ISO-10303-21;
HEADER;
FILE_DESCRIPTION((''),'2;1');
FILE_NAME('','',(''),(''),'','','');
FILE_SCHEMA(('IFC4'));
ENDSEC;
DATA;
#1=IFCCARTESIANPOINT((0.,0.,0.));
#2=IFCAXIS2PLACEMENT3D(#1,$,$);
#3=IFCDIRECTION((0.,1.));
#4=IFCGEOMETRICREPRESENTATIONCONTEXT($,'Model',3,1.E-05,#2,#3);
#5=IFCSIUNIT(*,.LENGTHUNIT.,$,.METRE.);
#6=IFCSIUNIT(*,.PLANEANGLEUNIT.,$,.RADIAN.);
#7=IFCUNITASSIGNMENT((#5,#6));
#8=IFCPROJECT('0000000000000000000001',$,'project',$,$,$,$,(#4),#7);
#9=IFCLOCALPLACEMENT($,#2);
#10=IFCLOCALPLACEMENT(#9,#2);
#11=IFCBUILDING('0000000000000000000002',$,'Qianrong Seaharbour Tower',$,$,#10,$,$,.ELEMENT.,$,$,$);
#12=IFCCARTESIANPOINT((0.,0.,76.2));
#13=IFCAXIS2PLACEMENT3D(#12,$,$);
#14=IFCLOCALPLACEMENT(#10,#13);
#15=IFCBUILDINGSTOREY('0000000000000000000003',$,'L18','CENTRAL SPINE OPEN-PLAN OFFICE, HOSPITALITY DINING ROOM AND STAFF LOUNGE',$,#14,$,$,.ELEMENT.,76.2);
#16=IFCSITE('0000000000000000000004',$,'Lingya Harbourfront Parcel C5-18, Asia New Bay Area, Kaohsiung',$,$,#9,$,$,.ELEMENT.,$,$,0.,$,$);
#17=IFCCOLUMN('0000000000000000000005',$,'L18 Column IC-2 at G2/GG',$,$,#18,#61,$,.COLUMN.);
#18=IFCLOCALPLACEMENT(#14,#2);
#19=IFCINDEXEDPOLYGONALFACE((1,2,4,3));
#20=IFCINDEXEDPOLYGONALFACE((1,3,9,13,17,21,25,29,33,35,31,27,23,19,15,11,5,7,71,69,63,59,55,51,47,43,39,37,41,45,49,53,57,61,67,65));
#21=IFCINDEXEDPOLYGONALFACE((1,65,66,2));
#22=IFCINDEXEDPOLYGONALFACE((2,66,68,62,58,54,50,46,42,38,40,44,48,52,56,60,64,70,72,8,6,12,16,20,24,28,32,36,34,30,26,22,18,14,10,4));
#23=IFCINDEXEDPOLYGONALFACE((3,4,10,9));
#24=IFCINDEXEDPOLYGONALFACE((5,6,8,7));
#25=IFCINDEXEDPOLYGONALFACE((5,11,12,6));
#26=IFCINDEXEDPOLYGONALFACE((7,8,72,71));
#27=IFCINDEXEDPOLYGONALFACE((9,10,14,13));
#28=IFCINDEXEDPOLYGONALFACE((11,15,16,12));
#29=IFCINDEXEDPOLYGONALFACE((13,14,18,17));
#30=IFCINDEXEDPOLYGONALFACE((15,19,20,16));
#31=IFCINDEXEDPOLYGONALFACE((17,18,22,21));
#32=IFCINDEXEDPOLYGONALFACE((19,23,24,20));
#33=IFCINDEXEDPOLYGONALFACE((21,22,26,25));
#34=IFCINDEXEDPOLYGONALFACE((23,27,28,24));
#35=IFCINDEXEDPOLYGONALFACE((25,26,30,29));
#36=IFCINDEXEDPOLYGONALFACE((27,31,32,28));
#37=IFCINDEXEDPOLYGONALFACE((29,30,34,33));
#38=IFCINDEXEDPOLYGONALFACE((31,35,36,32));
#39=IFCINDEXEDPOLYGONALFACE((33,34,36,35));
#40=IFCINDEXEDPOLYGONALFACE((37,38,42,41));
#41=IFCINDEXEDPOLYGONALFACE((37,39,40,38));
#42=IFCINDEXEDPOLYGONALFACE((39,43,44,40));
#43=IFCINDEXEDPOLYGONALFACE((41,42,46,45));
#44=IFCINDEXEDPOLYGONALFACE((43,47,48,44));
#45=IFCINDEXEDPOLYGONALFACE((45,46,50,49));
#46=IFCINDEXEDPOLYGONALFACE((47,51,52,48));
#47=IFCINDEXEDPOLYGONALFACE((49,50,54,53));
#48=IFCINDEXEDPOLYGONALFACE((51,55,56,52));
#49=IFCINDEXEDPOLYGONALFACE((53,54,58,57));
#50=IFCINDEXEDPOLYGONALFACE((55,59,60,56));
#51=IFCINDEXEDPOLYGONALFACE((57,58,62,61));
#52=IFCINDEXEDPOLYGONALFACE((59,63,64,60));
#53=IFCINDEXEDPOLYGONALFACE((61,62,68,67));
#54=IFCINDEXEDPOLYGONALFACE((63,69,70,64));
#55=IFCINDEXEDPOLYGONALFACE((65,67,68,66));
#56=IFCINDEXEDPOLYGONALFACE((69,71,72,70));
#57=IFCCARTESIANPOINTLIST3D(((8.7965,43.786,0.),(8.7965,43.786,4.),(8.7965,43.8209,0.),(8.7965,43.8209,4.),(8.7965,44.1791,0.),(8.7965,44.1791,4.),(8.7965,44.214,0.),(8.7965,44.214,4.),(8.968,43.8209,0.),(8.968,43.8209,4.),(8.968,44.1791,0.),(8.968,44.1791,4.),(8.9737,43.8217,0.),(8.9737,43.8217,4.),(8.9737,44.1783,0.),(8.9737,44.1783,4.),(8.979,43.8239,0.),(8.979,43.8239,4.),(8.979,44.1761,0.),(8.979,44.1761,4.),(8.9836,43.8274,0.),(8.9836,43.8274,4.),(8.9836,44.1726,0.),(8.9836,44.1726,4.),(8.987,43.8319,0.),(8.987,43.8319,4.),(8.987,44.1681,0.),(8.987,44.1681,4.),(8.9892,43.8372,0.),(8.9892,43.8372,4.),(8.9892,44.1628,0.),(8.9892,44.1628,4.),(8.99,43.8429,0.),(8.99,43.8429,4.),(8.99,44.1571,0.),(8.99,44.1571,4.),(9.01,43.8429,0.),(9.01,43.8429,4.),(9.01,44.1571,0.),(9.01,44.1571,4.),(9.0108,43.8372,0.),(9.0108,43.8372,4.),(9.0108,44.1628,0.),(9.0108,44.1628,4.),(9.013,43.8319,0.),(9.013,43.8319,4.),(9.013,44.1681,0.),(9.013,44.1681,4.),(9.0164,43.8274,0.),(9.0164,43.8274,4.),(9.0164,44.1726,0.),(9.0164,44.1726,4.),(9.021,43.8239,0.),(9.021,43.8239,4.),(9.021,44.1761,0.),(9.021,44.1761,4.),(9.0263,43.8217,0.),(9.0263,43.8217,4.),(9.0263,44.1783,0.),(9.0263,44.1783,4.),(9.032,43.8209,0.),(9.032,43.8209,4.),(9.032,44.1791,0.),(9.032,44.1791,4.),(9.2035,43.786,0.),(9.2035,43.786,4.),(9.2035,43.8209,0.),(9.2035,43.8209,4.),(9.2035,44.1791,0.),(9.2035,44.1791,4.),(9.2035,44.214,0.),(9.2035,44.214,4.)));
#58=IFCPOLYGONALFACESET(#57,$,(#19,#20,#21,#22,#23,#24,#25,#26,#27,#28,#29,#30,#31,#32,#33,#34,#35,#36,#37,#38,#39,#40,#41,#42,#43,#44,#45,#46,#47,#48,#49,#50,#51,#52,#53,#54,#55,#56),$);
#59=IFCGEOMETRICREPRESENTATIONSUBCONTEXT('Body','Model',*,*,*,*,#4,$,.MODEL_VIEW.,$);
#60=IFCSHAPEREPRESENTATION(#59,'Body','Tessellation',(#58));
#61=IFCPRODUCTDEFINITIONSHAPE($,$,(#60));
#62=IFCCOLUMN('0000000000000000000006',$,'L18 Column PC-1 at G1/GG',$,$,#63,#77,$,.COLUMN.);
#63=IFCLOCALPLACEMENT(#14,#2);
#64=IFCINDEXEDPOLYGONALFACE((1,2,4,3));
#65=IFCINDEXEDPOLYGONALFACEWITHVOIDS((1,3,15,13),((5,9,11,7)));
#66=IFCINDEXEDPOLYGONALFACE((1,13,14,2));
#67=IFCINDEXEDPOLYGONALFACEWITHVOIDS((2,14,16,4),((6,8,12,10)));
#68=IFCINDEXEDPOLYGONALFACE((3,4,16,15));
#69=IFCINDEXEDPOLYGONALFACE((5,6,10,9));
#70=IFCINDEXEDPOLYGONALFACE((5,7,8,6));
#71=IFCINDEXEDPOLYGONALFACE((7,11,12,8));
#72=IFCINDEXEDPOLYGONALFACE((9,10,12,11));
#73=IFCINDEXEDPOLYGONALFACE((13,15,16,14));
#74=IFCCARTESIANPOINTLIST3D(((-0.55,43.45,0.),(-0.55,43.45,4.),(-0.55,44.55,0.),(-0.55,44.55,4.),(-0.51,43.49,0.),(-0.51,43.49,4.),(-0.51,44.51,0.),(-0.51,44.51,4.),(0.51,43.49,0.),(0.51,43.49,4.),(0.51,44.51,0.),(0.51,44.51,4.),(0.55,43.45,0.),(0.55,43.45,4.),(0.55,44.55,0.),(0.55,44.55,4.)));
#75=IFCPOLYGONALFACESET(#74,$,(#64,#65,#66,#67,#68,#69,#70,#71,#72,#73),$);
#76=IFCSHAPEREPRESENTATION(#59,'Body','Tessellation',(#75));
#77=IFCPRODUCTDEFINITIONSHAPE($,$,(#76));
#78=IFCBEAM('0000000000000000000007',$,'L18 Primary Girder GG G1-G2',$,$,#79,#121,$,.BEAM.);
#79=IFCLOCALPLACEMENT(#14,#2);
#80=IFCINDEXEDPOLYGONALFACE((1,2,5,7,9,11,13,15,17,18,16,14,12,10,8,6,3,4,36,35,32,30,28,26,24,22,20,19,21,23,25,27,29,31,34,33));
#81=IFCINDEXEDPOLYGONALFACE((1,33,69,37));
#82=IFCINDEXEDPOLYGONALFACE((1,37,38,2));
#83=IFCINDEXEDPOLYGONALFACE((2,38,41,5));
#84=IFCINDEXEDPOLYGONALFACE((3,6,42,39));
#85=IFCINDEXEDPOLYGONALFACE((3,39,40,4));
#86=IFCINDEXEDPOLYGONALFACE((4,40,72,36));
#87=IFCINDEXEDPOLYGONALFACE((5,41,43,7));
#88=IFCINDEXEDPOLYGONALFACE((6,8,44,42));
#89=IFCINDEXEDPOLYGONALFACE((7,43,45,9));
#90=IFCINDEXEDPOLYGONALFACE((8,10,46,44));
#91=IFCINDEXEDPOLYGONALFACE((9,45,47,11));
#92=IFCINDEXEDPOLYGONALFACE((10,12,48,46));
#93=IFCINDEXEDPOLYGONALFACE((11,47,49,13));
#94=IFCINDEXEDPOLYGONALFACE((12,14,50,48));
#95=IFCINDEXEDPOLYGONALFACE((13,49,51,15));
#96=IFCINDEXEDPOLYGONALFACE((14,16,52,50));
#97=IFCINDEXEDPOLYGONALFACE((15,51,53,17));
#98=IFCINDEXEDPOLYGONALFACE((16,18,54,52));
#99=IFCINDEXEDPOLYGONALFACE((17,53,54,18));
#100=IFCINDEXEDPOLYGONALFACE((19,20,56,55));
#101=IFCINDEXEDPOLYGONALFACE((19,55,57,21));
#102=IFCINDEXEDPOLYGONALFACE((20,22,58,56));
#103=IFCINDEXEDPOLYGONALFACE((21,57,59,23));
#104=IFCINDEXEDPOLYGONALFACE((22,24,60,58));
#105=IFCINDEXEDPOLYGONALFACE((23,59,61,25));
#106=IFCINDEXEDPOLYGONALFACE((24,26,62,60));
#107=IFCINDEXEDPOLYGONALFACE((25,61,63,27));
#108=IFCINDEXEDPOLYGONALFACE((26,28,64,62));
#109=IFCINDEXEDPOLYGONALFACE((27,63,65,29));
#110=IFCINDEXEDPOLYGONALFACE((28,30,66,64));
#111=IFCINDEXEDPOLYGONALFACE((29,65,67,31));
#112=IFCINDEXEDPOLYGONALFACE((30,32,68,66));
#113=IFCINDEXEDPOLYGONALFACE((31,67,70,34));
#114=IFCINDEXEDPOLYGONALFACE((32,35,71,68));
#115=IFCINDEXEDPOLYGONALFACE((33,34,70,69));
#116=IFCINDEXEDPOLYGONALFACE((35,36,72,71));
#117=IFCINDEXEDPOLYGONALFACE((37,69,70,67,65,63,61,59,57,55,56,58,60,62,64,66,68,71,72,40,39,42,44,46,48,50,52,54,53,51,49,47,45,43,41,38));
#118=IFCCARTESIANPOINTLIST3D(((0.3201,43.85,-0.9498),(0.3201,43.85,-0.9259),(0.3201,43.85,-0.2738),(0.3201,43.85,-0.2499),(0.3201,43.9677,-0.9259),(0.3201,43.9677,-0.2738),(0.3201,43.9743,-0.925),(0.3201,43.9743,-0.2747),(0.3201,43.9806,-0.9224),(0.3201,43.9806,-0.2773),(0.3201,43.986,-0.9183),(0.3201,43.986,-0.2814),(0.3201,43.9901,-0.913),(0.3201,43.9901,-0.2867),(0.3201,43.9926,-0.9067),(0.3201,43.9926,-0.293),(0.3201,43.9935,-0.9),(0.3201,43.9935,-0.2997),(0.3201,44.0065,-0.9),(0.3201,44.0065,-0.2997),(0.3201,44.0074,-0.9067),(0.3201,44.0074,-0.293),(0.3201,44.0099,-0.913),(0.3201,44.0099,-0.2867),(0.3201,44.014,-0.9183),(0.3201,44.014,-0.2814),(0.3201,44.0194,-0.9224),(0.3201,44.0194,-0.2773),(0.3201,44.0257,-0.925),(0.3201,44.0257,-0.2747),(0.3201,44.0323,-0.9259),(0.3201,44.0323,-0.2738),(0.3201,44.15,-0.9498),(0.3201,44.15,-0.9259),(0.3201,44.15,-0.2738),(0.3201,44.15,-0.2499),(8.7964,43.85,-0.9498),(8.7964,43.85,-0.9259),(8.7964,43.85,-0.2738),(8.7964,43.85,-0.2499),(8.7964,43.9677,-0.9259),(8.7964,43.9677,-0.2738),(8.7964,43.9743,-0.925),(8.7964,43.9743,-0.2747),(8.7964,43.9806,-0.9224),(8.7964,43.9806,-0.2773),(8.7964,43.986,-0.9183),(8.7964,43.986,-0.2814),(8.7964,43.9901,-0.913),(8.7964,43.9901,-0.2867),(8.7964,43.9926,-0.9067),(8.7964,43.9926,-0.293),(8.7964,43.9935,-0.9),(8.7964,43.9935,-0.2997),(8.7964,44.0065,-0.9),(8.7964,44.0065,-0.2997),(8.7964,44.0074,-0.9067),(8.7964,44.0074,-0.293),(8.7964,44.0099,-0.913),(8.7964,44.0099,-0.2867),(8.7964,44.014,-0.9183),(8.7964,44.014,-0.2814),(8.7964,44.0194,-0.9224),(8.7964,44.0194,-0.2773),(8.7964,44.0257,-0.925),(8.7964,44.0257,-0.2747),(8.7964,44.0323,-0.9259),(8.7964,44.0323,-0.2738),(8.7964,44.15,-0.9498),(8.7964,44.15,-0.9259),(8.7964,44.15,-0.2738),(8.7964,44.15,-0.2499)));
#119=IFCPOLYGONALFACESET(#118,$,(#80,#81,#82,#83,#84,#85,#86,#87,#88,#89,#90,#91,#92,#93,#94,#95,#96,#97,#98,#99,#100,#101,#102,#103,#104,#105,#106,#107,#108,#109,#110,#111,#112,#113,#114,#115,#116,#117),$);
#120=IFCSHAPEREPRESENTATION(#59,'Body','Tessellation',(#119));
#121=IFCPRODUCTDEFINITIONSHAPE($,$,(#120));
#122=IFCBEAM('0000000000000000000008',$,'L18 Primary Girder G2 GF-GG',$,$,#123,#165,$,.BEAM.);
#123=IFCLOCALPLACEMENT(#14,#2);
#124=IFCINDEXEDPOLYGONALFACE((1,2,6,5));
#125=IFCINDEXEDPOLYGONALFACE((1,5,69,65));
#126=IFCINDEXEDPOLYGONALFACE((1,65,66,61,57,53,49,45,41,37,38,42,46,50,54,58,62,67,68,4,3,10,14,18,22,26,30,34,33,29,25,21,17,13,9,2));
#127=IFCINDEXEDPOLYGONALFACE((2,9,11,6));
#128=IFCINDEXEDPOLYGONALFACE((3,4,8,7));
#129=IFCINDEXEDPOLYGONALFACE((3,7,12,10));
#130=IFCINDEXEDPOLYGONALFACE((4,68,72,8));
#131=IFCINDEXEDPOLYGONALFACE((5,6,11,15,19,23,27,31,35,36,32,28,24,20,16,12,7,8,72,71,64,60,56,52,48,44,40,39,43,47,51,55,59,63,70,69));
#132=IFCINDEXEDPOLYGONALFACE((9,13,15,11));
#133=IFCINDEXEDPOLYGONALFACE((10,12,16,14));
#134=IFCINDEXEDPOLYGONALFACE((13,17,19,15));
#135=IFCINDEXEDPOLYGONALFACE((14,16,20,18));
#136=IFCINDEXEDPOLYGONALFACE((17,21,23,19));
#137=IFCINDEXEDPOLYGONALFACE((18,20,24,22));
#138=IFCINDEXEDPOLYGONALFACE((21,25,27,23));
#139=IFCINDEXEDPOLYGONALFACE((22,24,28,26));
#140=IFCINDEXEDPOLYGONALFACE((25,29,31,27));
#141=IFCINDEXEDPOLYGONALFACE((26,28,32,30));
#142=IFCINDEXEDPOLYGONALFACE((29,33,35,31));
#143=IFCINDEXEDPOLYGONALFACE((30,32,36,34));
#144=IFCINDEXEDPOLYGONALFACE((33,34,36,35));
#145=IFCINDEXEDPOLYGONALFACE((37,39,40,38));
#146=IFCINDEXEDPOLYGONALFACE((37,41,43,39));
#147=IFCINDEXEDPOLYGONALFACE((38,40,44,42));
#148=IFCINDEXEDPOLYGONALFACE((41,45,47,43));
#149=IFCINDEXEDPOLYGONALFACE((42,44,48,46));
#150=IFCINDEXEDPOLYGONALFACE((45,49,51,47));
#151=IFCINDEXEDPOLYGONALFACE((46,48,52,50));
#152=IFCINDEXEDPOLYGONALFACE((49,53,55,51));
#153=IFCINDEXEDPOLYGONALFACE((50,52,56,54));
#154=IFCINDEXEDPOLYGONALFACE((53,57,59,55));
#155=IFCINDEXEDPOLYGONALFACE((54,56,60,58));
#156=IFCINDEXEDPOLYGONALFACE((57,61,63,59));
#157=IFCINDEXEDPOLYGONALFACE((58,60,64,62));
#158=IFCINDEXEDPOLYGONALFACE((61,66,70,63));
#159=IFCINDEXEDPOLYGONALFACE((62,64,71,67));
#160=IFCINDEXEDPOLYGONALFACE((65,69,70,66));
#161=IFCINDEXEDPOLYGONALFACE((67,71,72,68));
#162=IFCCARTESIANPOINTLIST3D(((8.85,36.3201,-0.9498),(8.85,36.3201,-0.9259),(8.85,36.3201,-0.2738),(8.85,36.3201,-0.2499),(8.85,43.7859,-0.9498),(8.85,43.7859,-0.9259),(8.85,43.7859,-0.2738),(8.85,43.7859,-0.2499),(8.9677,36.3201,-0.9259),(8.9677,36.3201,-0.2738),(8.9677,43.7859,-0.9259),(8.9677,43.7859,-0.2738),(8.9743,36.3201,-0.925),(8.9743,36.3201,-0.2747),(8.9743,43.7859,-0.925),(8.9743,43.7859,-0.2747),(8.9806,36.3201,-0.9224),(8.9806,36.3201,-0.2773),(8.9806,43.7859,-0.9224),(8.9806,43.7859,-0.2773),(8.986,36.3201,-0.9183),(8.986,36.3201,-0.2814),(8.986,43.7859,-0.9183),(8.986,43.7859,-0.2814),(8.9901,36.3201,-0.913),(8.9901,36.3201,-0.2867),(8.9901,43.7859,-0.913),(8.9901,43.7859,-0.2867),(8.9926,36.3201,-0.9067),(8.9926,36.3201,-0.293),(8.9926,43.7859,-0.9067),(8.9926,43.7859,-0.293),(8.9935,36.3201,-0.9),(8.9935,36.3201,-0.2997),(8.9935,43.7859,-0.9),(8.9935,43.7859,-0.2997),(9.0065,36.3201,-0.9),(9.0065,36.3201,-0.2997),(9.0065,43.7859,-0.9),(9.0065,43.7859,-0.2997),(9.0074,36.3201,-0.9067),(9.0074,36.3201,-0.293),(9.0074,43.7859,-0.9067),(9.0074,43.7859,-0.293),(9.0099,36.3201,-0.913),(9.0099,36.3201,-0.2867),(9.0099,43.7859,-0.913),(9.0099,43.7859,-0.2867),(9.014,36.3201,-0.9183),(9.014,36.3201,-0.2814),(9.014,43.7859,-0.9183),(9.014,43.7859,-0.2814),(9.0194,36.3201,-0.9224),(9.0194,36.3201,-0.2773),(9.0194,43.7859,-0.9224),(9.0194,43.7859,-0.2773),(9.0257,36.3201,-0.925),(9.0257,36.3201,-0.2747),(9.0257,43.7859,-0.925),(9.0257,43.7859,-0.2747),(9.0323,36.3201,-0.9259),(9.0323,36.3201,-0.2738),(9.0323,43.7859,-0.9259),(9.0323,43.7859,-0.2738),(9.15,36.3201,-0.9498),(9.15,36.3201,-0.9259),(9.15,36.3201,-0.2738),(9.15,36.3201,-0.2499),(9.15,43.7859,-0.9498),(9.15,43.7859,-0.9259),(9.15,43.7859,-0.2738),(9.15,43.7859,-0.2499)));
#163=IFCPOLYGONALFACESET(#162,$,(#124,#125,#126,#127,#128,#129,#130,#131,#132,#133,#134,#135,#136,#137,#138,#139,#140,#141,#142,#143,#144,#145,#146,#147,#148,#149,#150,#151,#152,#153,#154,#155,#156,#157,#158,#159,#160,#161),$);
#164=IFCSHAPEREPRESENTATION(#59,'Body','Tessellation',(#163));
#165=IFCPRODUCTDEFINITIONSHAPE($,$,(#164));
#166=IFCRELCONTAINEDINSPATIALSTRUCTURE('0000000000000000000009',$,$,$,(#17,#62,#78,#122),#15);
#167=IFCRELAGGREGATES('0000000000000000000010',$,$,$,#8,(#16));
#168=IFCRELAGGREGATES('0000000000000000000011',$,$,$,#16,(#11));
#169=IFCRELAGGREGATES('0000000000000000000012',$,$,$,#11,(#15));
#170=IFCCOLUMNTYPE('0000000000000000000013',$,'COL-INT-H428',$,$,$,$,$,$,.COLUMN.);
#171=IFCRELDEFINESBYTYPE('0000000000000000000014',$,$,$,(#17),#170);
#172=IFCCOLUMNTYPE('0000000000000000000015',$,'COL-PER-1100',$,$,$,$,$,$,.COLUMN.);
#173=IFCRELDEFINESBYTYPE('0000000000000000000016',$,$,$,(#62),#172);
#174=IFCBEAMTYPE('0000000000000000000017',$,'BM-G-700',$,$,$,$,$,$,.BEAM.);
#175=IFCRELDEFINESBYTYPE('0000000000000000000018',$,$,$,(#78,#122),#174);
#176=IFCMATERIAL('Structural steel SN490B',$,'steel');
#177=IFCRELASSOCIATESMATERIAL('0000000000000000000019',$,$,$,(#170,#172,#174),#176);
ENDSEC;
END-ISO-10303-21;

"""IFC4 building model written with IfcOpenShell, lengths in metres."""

from ifc_helpers import new_model, si_unit, direction, frame, origin, origin_2d, place, context, subcontext, project, spatial, hollow_rectangle, i_section, extrude, material, material_profile, profile_set, type_object, element, save


model = new_model("IFC4")

# Units and contexts
model_context = context("Model", 3, precision=1e-05, world=origin(), true_north=direction((0.0, 1.0)))
body_context = subcontext(model_context, "Body", "Model", "MODEL_VIEW")
ifc_project = project(units=[si_unit("LENGTHUNIT", "METRE"), si_unit("PLANEANGLEUNIT", "RADIAN")], contexts=[model_context])

# Site, building, storey
site_placement = place(None, origin())
site = spatial("IfcSite", under=ifc_project, at=site_placement, Name="Lingya Harbourfront Parcel C5-18, Asia New Bay Area, Kaohsiung", CompositionType="ELEMENT", RefElevation=0.0)
building_placement = place(site_placement, origin())
building = spatial("IfcBuilding", under=site, at=building_placement, Name="Qianrong Seaharbour Tower", CompositionType="ELEMENT")
storey_placement = place(building_placement, frame((0.0, 0.0, 76.2)))
storey = spatial("IfcBuildingStorey", under=building, at=storey_placement, Name="L18", Description="CENTRAL SPINE OPEN-PLAN OFFICE, HOSPITALITY DINING ROOM AND STAFF LOUNGE", CompositionType="ELEMENT", Elevation=76.2)

# Columns
ifc_material_1 = material(Name="Structural steel SN490B", Category="steel")
ifc_material_profile_1 = material_profile(ifc_material_1, i_section(OverallWidth=0.407, OverallDepth=0.428, WebThickness=0.02, FlangeThickness=0.0349, FilletRadius=0.022, at=origin_2d()), Name="H428x407x20x35")
ifc_profile_set_1 = profile_set([ifc_material_profile_1], Name="Structural steel SN490B")
column_type_1 = type_object("IfcColumnType", Name="COL-INT-H428", PredefinedType="COLUMN", material=ifc_profile_set_1)
column_1_placement = place(storey_placement, frame((9.0, 44.0, 0.0), z_axis=(0.0, 0.0, 1.0), x_axis=(1.0, 0.0, 0.0)))
element("IfcColumn", 1, at=column_1_placement, inside=storey, type_object=column_type_1, Name="L18 Column IC-2 at G2/GG", PredefinedType="COLUMN", context=body_context, shape_type="SweptSolid", body=[
    extrude(i_section(OverallWidth=0.407, OverallDepth=0.428, WebThickness=0.02, FlangeThickness=0.0349, FilletRadius=0.022, at=origin_2d()), origin(), (0.0, 0.0, 1.0), 4.0),
])
ifc_material_profile_2 = material_profile(ifc_material_1, hollow_rectangle(XDim=1.1001, YDim=1.1001, WallThickness=0.04, at=origin_2d()), Name="BOX1100x1100x40")
ifc_profile_set_2 = profile_set([ifc_material_profile_2], Name="Structural steel SN490B")
column_type_2 = type_object("IfcColumnType", Name="COL-PER-1100", PredefinedType="COLUMN", material=ifc_profile_set_2)
column_2_placement = place(storey_placement, frame((0.0, 44.0, 0.0), z_axis=(0.0, 0.0, 1.0), x_axis=(1.0, 0.0, 0.0)))
element("IfcColumn", 2, at=column_2_placement, inside=storey, type_object=column_type_2, Name="L18 Column PC-1 at G1/GG", PredefinedType="COLUMN", context=body_context, shape_type="SweptSolid", body=[
    extrude(hollow_rectangle(XDim=1.1001, YDim=1.1001, WallThickness=0.04, at=origin_2d()), origin(), (0.0, 0.0, 1.0), 4.0),
])

# Beams
ifc_material_profile_3 = material_profile(ifc_material_1, i_section(OverallWidth=0.3, OverallDepth=0.7, WebThickness=0.0129, FlangeThickness=0.0239, FilletRadius=0.0259, at=origin_2d()), Name="H700x300x13x24")
ifc_profile_set_3 = profile_set([ifc_material_profile_3], Name="Structural steel SN490B")
beam_type_1 = type_object("IfcBeamType", Name="BM-G-700", PredefinedType="BEAM", material=ifc_profile_set_3)
beam_1_placement = place(storey_placement, frame((0.3201, 44.0, -0.5999), z_axis=(1.0, 0.0, 0.0), x_axis=(0.0, 1.0, 0.0)))
element("IfcBeam", 3, at=beam_1_placement, inside=storey, type_object=beam_type_1, Name="L18 Primary Girder GG G1-G2", PredefinedType="BEAM", context=body_context, shape_type="SweptSolid", body=[
    extrude(i_section(OverallWidth=0.3, OverallDepth=0.7, WebThickness=0.0129, FlangeThickness=0.0239, FilletRadius=0.0259, at=origin_2d()), origin(), (0.0, 0.0, 1.0), 8.4763),
])
for number, where, z_axis, x_axis, name in (
    (4, (9.0, 36.3201, -0.5999), (0.0, 1.0, 0.0), (-1.0, 0.0, 0.0), "L18 Primary Girder G2 GF-GG"),
):
    element("IfcBeam", number, at=place(storey_placement, frame(where, z_axis=z_axis, x_axis=x_axis)), inside=storey, type_object=beam_type_1, Name=name, PredefinedType="BEAM", context=body_context, shape_type="SweptSolid", body=[
        extrude(i_section(OverallWidth=0.3, OverallDepth=0.7, WebThickness=0.0129, FlangeThickness=0.0239, FilletRadius=0.0259, at=origin_2d()), origin(), (0.0, 0.0, 1.0), 7.4658),
    ])

save(model, "model.ifc")
